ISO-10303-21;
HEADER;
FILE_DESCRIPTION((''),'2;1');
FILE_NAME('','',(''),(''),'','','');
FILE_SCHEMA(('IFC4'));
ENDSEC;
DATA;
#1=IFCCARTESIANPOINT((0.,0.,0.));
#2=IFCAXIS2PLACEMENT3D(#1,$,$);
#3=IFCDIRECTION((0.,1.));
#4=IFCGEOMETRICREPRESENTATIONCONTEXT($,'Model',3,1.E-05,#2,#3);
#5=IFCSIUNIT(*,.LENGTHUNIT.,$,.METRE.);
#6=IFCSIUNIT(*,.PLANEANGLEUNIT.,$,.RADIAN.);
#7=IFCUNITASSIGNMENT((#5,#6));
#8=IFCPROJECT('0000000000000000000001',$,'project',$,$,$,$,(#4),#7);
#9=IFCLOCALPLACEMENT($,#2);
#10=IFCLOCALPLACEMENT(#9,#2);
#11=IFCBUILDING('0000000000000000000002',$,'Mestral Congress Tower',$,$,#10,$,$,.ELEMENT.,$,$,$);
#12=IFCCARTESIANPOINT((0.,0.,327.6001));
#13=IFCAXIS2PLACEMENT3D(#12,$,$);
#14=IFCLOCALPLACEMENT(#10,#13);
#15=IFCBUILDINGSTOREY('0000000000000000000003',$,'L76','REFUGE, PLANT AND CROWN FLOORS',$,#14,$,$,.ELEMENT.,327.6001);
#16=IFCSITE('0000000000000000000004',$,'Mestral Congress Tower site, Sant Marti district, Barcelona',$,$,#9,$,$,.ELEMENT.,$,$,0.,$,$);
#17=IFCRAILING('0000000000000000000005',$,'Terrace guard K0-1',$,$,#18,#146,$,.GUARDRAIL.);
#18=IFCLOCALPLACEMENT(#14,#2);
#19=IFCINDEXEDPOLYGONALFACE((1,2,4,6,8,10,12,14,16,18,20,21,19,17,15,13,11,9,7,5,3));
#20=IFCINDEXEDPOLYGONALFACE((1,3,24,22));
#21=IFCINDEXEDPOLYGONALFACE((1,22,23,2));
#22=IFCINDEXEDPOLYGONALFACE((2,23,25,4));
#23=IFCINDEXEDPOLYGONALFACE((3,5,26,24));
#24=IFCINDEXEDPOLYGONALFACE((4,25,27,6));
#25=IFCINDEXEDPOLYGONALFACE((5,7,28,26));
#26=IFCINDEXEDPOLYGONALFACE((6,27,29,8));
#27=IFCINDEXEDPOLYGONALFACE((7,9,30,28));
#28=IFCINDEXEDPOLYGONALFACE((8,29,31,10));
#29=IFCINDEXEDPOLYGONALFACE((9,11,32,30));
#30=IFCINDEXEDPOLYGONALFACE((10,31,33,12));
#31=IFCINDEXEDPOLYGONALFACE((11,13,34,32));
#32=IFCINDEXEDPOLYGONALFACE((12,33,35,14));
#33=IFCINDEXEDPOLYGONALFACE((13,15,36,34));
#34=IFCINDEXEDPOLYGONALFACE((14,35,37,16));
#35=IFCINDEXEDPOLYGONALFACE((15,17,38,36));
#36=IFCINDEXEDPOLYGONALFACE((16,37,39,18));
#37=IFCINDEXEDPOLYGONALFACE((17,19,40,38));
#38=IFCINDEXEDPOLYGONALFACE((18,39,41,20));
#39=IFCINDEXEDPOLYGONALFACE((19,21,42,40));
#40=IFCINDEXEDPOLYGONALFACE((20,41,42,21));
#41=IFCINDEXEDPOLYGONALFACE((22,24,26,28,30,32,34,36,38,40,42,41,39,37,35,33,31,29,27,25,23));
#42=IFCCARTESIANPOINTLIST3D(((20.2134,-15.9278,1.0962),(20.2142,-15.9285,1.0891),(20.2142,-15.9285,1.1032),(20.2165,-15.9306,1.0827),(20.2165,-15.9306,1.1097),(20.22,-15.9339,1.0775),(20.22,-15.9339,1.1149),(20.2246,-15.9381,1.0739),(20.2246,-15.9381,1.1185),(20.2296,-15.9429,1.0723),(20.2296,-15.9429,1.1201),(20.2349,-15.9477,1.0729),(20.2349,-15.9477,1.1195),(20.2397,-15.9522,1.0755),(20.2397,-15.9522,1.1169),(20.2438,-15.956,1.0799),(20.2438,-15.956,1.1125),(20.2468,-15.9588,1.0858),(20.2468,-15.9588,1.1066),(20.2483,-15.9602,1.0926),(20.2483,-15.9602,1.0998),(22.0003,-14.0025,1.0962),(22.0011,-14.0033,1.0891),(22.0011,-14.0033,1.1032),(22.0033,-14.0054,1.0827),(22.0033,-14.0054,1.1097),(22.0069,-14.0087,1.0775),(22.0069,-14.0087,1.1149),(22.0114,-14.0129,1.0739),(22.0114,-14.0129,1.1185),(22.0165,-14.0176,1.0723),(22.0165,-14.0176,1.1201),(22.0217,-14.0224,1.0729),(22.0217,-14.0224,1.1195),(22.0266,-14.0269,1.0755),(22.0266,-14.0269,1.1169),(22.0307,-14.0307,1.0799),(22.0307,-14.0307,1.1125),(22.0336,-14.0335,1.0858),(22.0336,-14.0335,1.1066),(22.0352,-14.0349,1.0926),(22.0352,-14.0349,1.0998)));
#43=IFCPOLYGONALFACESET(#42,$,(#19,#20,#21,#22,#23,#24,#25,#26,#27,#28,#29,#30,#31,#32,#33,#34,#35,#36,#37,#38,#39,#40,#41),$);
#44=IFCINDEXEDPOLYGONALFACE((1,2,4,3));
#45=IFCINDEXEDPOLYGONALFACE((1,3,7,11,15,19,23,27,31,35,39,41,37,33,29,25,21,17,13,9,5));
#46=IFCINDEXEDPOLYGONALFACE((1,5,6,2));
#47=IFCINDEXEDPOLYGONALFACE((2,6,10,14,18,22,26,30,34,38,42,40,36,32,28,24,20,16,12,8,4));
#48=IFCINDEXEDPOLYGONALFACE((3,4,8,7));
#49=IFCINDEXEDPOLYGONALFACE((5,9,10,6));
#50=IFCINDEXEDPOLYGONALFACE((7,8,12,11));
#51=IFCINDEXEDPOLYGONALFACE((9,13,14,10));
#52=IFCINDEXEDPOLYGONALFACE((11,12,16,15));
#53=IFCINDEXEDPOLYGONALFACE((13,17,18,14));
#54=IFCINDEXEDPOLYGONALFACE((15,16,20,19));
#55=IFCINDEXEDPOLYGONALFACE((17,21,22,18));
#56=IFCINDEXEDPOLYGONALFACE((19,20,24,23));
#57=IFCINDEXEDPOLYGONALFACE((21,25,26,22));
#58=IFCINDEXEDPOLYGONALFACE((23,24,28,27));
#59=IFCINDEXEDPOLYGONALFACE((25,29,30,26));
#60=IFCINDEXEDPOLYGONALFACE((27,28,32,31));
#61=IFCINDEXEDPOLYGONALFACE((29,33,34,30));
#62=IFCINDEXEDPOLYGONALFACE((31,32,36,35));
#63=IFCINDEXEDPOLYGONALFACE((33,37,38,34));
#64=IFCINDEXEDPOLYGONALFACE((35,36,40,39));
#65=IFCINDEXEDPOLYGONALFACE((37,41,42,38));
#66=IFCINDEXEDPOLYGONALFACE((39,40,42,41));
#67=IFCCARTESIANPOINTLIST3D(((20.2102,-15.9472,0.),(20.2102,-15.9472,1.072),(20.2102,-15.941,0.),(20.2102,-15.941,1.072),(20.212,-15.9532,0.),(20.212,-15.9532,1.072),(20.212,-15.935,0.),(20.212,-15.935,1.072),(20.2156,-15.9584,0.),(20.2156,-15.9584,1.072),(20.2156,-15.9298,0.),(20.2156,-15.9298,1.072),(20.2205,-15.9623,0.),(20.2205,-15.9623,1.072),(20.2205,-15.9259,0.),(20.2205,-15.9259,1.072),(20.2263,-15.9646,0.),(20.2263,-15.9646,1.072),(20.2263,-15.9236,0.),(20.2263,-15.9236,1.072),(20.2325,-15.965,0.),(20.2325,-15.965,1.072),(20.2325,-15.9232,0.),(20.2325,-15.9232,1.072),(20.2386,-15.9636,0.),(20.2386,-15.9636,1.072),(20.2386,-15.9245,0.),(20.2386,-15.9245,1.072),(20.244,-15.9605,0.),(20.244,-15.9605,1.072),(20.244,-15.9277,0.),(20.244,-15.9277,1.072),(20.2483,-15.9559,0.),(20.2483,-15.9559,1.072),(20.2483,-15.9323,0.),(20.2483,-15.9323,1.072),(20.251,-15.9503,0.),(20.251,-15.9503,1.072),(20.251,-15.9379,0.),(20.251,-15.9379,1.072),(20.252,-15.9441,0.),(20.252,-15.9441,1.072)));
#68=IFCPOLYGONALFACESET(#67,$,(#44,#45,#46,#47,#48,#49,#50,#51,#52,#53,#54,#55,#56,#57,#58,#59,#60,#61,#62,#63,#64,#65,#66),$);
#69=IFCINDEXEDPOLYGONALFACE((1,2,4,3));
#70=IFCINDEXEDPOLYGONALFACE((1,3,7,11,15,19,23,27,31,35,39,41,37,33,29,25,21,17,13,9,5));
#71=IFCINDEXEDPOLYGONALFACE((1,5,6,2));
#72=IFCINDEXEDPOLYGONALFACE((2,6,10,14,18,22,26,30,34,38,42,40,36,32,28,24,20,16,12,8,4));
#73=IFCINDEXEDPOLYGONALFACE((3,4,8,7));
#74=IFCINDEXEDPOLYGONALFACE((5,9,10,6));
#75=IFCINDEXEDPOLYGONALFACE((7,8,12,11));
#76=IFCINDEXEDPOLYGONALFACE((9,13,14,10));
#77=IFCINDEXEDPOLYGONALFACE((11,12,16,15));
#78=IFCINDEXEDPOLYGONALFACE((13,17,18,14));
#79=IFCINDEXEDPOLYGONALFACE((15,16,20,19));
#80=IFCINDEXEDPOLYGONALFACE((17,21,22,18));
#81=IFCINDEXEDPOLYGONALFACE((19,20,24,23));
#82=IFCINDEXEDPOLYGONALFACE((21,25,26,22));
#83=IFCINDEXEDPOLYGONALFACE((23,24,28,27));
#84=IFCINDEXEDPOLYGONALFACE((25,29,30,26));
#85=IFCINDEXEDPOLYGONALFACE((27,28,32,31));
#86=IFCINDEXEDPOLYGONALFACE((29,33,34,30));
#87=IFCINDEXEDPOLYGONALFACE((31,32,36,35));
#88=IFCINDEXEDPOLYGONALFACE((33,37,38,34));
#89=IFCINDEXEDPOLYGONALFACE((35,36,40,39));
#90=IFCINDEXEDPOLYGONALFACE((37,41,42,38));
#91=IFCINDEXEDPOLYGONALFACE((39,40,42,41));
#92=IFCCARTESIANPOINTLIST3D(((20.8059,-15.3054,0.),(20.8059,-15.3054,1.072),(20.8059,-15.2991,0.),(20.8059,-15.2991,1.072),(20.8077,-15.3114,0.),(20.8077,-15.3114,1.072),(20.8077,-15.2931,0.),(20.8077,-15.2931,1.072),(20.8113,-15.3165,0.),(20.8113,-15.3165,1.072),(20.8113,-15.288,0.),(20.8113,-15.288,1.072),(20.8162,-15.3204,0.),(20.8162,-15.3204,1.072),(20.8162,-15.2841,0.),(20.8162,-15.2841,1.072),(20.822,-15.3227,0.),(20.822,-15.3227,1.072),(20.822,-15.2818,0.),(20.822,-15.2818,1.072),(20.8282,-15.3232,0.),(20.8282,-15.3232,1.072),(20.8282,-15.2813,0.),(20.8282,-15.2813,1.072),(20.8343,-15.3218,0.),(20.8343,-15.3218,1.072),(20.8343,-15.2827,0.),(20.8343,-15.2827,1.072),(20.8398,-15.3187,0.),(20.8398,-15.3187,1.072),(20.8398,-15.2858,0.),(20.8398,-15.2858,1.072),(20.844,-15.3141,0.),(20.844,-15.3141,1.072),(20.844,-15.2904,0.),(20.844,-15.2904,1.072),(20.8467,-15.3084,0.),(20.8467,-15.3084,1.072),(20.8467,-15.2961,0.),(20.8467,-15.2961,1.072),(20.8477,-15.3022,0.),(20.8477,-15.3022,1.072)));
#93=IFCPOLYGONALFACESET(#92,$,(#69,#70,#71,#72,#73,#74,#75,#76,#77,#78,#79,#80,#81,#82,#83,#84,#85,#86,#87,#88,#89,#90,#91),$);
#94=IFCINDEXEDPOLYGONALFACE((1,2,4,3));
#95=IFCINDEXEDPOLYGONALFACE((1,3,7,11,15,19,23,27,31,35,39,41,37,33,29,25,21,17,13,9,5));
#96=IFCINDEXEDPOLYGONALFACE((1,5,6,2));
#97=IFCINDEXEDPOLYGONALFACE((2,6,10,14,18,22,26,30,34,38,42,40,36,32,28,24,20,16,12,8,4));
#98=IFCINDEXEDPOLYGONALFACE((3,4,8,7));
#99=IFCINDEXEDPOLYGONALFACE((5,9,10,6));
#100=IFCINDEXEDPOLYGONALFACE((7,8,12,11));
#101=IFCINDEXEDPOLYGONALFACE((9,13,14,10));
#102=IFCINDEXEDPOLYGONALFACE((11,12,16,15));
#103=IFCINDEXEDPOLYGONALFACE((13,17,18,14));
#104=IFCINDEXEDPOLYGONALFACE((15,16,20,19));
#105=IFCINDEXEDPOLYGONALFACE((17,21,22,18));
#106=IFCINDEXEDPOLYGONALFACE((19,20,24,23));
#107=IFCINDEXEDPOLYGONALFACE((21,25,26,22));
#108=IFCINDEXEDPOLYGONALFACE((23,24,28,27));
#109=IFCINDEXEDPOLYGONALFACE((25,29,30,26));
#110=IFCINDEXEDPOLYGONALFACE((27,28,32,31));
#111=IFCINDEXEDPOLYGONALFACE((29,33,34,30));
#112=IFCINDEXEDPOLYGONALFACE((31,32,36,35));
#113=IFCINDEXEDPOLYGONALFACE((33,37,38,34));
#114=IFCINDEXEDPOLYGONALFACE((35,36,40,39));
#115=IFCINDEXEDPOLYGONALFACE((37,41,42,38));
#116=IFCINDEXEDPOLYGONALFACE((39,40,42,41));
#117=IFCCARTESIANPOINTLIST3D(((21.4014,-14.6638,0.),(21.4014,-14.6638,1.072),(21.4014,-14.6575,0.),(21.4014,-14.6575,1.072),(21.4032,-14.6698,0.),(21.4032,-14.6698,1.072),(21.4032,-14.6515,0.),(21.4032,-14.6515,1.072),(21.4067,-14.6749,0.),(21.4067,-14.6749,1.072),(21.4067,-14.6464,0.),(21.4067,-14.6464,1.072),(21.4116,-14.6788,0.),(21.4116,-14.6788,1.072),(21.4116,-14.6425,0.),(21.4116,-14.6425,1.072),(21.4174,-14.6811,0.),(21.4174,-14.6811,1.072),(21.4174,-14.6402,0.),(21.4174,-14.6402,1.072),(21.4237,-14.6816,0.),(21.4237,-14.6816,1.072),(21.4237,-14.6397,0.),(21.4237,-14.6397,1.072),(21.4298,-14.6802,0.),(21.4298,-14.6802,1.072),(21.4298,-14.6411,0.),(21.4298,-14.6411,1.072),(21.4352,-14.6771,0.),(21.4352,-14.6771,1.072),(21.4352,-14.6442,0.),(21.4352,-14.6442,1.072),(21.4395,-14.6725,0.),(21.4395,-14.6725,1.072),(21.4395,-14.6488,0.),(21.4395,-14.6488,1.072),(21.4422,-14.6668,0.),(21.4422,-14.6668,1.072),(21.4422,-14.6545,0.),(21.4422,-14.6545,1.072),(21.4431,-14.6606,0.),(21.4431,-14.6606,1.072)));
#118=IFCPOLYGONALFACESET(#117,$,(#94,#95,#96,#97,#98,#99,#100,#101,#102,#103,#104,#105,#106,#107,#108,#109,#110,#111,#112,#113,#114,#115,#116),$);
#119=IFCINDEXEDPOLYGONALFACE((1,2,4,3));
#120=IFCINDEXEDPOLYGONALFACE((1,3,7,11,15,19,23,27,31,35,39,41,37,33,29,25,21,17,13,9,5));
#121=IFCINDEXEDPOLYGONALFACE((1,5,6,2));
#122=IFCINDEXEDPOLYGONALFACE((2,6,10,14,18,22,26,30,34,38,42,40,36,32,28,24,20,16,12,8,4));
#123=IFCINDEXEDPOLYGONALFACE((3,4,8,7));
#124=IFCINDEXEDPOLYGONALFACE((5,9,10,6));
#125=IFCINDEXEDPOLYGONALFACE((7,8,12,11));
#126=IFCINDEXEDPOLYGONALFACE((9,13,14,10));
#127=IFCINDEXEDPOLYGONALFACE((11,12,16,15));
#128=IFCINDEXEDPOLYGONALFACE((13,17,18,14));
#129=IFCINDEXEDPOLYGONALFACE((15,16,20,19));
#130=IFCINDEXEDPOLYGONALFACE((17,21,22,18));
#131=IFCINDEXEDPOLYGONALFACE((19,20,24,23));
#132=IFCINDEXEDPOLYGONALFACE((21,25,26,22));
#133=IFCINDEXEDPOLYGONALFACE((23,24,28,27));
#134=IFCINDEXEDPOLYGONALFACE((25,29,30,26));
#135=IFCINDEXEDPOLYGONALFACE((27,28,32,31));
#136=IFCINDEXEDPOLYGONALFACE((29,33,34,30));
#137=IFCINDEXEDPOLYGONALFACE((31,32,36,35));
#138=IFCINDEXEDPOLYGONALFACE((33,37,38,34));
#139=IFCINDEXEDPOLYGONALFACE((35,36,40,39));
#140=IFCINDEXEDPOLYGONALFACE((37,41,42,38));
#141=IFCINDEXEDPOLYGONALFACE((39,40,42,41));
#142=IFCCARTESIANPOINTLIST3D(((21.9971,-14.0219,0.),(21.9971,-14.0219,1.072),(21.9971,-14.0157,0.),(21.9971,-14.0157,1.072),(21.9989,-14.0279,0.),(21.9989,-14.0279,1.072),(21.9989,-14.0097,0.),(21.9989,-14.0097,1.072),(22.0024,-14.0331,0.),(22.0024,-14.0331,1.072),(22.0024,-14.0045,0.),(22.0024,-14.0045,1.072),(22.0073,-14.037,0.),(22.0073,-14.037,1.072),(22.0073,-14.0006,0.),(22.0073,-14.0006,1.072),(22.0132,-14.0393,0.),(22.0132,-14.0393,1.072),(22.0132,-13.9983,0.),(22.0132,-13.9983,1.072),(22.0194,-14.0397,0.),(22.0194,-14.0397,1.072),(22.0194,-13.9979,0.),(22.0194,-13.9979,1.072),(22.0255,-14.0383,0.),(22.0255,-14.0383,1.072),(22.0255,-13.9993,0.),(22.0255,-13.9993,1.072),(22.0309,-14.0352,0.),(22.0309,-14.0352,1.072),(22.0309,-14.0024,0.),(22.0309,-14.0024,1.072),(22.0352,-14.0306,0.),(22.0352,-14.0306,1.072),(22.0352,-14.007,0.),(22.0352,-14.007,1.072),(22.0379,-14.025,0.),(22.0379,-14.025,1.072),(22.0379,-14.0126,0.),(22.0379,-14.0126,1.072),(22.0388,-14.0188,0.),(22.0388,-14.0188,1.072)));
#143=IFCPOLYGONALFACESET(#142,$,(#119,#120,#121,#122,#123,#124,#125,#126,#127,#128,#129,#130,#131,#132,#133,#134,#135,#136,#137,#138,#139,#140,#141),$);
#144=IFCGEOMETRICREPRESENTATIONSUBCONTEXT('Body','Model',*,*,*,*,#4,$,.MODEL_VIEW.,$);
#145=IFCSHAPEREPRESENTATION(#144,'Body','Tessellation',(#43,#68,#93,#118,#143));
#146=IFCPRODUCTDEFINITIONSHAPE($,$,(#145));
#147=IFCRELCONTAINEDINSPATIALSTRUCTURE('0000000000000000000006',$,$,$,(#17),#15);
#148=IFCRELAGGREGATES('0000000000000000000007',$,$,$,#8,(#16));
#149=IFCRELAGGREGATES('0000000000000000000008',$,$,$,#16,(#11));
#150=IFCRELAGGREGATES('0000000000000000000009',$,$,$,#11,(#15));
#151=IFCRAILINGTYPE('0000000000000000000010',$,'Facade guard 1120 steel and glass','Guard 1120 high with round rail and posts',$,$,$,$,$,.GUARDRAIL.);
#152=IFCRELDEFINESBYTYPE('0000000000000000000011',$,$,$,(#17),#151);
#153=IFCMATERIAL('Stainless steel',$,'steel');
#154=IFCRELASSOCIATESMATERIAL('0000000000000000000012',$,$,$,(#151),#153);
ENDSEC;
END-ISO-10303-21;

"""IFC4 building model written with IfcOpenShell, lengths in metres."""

from ifc_helpers import new_model, si_unit, direction, frame, origin, origin_2d, place, context, subcontext, project, spatial, circle, extrude, material, type_object, element, save


model = new_model("IFC4")

# Units and contexts
model_context = context("Model", 3, precision=1e-05, world=origin(), true_north=direction((0.0, 1.0)))
body_context = subcontext(model_context, "Body", "Model", "MODEL_VIEW")
ifc_project = project(units=[si_unit("LENGTHUNIT", "METRE"), si_unit("PLANEANGLEUNIT", "RADIAN")], contexts=[model_context])

# Site, building, storey
site_placement = place(None, origin())
site = spatial("IfcSite", under=ifc_project, at=site_placement, Name="Mestral Congress Tower site, Sant Marti district, Barcelona", CompositionType="ELEMENT", RefElevation=0.0)
building_placement = place(site_placement, origin())
building = spatial("IfcBuilding", under=site, at=building_placement, Name="Mestral Congress Tower", CompositionType="ELEMENT")
storey_placement = place(building_placement, frame((0.0, 0.0, 327.6001)))
storey = spatial("IfcBuildingStorey", under=building, at=storey_placement, Name="L76", Description="REFUGE, PLANT AND CROWN FLOORS", CompositionType="ELEMENT", Elevation=327.6001)

# Railing
ifc_material_1 = material(Name="Stainless steel", Category="steel")
railing_type = type_object("IfcRailingType", Name="Facade guard 1120 steel and glass", Description="Guard 1120 high with round rail and posts", PredefinedType="GUARDRAIL", material=ifc_material_1)
railing_1_placement = place(storey_placement, frame((20.231, -15.9441, 0.0)))
element("IfcRailing", 1, at=railing_1_placement, inside=storey, type_object=railing_type, Name="Terrace guard K0-1", PredefinedType="GUARDRAIL", context=body_context, shape_type="SweptSolid", body=[
    extrude(circle(Radius=0.0239, at=origin_2d()), frame((0.0, 0.0, 1.0962), z_axis=(0.680266, 0.732966, 0.0), x_axis=(-0.732966, 0.680266, 0.0)), (0.0, 0.0, 1.0), 2.6267),
    extrude(circle(Radius=0.021, at=origin_2d()), origin(), (0.0, 0.0, 1.0), 1.072),
    extrude(circle(Radius=0.021, at=origin_2d()), frame((0.5957, 0.6418, 0.0)), (0.0, 0.0, 1.0), 1.072),
    extrude(circle(Radius=0.021, at=origin_2d()), frame((1.1912, 1.2834, 0.0)), (0.0, 0.0, 1.0), 1.072),
    extrude(circle(Radius=0.021, at=origin_2d()), frame((1.7869, 1.9253, 0.0)), (0.0, 0.0, 1.0), 1.072),
])

save(model, "model.ifc")
